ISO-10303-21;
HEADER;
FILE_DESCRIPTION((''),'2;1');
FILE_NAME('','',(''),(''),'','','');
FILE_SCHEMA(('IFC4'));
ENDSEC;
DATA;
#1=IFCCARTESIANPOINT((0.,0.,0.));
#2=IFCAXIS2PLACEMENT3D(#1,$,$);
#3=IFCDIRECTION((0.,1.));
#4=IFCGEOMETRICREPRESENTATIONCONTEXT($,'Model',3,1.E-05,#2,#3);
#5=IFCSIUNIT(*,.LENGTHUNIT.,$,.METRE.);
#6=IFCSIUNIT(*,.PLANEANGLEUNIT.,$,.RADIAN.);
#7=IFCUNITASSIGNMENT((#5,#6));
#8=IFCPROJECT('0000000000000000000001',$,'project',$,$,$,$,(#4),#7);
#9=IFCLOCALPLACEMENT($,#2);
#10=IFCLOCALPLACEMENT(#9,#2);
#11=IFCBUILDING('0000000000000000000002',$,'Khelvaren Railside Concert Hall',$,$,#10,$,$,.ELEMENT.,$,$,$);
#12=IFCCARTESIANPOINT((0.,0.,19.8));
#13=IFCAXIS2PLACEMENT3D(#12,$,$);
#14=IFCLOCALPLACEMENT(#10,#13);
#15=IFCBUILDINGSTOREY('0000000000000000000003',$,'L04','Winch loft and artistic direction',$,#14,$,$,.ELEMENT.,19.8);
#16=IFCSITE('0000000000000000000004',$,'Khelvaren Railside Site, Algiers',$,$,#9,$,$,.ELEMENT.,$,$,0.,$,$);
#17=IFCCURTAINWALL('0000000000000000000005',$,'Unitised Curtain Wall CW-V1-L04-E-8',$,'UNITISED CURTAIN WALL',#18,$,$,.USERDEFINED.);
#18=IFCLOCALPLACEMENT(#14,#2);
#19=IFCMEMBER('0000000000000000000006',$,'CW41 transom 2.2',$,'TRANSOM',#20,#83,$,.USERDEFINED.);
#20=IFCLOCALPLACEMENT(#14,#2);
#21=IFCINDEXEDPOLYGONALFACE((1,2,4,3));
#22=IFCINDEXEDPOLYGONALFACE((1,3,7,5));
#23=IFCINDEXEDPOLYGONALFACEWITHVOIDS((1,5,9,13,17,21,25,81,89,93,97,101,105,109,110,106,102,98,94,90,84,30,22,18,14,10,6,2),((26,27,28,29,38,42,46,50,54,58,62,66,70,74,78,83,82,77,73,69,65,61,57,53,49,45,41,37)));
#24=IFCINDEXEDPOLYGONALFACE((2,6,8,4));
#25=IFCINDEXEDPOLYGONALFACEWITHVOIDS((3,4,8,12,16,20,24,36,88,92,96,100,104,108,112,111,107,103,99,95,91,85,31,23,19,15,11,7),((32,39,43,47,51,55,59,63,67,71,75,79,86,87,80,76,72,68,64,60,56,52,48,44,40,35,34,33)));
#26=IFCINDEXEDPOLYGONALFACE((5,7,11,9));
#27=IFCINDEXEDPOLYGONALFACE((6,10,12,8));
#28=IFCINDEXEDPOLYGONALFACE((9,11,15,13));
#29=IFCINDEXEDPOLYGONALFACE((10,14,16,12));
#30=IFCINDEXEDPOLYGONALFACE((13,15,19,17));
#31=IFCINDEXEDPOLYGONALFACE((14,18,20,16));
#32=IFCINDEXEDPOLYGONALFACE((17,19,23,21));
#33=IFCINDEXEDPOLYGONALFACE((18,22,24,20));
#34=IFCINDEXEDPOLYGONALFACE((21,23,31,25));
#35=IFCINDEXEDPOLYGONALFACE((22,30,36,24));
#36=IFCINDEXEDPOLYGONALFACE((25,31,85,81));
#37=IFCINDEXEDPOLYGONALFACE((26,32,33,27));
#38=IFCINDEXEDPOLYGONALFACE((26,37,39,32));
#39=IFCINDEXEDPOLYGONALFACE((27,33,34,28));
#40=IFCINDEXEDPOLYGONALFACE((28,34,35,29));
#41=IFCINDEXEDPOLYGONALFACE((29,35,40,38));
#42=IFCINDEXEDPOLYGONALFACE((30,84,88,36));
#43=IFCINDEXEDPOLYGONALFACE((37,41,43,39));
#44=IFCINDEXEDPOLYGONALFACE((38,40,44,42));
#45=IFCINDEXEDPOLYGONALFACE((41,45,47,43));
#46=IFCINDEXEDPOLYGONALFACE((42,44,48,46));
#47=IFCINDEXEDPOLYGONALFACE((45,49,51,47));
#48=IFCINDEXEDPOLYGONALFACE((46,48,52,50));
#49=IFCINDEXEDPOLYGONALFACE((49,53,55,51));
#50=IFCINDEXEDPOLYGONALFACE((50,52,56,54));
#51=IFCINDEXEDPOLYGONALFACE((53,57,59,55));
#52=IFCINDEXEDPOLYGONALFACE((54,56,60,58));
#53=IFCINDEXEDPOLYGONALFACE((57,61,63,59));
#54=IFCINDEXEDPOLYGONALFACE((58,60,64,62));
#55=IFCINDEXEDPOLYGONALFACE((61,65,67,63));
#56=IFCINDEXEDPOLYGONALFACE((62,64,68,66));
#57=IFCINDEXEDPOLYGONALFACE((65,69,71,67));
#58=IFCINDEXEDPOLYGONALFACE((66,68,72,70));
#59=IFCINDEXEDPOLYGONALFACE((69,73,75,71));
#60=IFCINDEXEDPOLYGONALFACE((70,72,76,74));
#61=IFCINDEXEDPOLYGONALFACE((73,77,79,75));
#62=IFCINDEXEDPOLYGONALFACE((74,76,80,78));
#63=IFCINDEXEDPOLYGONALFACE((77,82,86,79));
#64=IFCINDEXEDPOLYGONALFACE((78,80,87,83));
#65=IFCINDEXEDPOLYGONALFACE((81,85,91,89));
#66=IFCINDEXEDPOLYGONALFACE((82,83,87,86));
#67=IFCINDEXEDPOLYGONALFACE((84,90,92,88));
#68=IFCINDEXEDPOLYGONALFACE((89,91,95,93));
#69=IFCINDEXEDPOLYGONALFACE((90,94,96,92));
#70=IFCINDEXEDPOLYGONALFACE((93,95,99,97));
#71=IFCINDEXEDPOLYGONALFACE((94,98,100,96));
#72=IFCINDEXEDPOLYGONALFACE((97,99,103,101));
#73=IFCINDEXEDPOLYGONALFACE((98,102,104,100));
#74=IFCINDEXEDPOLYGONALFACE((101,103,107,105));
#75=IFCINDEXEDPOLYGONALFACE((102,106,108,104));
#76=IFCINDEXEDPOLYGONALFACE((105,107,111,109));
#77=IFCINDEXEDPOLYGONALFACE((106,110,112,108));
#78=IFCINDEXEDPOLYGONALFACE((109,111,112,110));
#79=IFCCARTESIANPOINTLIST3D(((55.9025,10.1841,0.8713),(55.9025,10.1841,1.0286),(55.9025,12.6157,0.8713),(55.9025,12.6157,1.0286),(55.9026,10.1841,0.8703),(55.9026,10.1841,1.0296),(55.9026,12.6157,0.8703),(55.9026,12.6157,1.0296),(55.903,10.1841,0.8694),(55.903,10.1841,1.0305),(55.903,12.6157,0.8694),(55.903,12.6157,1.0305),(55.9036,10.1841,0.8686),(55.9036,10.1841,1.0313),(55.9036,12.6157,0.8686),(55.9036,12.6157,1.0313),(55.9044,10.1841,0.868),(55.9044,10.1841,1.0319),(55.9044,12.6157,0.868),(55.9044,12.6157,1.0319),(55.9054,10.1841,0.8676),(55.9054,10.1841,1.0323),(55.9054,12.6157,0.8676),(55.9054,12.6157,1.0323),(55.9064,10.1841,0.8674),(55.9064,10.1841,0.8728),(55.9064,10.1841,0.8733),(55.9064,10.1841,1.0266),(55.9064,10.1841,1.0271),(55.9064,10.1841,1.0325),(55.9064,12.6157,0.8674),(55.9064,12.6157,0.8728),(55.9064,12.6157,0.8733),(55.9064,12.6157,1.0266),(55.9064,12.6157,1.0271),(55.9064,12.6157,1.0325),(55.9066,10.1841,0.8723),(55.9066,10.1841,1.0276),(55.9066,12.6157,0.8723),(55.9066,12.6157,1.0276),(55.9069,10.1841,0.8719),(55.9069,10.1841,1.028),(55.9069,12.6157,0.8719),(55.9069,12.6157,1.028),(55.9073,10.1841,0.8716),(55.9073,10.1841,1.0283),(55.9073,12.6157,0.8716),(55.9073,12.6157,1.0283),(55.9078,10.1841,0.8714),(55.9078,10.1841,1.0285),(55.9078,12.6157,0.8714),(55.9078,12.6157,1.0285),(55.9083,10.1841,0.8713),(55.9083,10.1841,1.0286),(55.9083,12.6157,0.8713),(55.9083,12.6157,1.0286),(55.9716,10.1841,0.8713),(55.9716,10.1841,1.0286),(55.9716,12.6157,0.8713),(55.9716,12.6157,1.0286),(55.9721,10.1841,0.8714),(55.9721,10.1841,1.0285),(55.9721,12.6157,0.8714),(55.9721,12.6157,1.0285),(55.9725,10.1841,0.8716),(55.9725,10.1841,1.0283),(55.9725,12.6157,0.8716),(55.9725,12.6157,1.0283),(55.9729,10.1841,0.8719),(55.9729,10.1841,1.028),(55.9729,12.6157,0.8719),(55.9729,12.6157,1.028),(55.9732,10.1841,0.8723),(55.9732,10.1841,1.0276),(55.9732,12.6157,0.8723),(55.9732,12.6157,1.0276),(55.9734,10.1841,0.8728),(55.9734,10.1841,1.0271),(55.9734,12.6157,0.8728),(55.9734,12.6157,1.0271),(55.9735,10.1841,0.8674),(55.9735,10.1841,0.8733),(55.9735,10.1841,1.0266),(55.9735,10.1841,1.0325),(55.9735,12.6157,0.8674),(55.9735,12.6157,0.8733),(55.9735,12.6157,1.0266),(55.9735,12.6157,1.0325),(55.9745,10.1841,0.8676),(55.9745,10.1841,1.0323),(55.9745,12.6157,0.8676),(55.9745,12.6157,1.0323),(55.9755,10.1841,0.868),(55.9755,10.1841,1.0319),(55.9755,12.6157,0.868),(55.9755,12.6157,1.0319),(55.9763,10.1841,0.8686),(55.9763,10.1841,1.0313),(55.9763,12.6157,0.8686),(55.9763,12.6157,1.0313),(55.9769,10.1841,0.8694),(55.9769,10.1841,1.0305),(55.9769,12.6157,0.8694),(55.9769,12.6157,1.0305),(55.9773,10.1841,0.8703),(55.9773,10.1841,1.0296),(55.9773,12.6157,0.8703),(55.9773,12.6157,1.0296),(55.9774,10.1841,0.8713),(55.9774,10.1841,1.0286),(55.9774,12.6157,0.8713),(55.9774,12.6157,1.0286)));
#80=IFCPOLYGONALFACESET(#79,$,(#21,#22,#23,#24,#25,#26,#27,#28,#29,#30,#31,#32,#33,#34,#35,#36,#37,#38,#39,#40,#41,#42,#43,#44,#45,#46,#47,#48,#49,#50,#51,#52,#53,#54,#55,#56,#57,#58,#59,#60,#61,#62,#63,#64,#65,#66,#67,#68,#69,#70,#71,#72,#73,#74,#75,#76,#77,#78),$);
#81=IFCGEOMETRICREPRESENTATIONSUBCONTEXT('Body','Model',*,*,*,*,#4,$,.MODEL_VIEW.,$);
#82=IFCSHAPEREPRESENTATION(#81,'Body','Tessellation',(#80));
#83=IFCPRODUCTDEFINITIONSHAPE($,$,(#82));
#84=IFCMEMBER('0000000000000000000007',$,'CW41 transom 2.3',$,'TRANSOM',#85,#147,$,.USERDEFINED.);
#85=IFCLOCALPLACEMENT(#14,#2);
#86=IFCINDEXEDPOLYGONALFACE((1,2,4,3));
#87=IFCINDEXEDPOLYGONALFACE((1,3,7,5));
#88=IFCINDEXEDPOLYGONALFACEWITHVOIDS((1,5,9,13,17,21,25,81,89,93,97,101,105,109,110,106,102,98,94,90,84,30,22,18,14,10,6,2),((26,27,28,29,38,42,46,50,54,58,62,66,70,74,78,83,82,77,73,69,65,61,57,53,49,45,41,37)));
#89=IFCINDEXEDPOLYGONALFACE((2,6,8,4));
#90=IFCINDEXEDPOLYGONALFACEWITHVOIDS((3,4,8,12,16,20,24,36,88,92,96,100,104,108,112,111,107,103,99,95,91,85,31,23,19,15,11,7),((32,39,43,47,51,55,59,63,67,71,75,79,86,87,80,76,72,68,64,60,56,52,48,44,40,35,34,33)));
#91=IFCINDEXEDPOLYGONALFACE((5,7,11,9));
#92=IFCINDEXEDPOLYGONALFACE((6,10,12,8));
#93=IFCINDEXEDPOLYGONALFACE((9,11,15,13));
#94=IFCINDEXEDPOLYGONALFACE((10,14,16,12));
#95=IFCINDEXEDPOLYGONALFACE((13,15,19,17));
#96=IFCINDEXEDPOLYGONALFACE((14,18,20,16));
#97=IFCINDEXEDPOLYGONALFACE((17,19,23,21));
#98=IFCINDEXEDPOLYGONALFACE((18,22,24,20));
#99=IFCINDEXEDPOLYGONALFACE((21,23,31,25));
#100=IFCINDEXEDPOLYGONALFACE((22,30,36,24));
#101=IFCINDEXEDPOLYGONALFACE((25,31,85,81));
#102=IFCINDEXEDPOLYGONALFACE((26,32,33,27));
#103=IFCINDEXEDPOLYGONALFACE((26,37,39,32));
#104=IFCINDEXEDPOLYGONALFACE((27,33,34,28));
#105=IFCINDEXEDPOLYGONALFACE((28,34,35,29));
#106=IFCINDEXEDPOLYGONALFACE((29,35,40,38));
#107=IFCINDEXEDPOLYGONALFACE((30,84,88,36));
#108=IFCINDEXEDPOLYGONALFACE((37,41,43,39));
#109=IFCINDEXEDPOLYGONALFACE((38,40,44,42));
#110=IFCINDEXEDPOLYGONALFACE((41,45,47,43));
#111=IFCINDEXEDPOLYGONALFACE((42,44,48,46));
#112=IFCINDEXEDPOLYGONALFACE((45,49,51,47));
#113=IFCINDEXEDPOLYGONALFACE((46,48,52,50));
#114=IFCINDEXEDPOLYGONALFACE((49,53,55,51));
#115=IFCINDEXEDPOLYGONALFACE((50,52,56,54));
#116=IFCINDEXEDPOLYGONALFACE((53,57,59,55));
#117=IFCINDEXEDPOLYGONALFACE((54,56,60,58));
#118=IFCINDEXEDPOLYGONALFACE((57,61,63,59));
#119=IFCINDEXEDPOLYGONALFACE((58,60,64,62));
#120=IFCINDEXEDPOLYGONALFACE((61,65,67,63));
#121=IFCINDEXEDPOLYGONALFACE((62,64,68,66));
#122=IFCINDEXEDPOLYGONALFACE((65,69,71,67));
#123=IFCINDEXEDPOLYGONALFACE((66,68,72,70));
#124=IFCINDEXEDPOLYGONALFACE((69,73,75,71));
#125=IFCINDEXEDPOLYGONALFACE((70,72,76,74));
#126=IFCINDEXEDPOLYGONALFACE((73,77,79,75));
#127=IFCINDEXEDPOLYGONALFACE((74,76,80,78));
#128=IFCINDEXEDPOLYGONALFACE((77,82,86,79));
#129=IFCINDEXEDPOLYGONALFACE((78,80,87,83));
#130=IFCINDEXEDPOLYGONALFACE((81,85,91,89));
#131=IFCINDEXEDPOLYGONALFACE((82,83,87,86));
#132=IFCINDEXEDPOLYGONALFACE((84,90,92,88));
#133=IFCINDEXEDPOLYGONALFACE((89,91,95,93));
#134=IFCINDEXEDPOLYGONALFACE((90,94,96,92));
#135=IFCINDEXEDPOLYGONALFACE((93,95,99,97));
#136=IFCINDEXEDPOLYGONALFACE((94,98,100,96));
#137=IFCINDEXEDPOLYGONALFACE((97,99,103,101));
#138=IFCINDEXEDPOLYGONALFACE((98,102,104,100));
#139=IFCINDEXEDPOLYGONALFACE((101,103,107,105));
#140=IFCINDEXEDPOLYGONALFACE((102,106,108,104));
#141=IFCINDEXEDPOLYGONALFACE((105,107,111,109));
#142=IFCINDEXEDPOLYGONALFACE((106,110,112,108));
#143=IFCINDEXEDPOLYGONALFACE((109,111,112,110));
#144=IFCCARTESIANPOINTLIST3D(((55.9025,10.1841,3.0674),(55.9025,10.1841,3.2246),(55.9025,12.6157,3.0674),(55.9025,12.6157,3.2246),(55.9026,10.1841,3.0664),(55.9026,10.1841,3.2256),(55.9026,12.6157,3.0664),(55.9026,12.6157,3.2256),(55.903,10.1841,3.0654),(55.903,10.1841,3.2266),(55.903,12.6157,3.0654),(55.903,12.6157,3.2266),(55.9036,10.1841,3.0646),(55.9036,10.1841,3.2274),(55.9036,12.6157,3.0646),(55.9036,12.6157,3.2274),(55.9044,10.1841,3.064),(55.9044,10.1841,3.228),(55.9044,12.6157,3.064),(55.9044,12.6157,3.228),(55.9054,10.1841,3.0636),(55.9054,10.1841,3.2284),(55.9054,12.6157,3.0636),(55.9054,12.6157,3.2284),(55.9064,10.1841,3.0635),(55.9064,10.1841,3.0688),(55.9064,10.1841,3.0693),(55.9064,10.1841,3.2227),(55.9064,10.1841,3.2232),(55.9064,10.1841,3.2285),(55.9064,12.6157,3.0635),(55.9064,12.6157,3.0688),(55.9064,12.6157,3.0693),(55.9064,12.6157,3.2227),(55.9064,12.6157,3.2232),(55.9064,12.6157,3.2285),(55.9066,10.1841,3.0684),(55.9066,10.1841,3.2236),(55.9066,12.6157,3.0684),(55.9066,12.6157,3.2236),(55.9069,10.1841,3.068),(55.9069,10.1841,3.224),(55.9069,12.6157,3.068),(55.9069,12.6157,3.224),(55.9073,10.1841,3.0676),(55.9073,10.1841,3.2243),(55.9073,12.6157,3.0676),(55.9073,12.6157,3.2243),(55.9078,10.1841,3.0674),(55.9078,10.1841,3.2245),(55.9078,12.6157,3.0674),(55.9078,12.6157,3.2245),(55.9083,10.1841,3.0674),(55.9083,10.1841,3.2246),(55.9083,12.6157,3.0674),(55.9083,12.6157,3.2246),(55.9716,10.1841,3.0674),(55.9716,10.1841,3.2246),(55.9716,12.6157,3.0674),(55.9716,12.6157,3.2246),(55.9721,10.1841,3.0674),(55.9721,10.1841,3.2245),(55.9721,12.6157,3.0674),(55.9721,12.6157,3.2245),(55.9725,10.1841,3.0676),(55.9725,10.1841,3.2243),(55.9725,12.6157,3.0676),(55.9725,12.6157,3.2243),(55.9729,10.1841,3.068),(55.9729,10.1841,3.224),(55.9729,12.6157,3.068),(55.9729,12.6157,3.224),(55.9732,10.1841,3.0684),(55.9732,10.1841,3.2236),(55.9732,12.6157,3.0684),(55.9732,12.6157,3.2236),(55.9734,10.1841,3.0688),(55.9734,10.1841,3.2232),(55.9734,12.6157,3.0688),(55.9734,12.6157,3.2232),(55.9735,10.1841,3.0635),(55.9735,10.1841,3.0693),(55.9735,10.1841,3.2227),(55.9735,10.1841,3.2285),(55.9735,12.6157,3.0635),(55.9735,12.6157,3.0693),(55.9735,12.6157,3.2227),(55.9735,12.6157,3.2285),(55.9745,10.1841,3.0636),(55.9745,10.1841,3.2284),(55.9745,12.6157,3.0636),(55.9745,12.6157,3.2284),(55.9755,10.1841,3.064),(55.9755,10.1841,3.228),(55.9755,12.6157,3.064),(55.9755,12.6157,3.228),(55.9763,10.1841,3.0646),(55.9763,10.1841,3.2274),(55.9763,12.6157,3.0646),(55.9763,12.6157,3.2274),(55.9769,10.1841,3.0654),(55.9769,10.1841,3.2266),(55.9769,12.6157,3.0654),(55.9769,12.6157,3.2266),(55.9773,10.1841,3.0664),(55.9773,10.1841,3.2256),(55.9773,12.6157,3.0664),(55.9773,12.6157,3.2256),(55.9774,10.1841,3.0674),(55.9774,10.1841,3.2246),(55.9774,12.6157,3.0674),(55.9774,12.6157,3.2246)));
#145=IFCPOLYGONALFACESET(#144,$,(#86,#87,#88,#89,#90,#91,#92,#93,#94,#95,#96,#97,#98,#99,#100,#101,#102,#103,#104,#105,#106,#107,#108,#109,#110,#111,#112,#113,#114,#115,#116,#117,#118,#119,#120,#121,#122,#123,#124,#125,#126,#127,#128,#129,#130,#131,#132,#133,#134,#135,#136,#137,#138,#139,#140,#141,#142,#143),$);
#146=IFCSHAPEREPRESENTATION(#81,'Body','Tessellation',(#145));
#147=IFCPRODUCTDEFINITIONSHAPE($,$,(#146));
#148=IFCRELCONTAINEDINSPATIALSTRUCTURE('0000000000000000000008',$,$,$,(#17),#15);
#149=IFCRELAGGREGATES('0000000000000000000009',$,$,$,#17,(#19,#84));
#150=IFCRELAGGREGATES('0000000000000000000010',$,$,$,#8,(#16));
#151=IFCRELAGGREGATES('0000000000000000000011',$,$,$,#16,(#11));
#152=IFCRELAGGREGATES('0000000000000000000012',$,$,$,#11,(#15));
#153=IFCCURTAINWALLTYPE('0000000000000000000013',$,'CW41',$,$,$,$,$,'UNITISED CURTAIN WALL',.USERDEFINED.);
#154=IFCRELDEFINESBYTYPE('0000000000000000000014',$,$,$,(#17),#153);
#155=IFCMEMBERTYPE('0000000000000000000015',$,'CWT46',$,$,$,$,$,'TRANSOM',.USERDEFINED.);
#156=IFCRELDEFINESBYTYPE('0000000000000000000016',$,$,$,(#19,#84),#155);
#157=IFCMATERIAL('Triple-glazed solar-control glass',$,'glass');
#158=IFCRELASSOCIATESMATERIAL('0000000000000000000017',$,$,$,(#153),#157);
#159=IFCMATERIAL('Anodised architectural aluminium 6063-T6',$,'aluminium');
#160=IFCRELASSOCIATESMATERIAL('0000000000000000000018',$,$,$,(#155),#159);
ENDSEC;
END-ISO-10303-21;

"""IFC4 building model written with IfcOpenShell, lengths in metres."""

from ifc_helpers import new_model, si_unit, direction, frame, origin, origin_2d, place, context, subcontext, project, spatial, hollow_rectangle, extrude, material, material_profile, profile_set, type_object, element, aggregate, save


model = new_model("IFC4")

# Units and contexts
model_context = context("Model", 3, precision=1e-05, world=origin(), true_north=direction((0.0, 1.0)))
body_context = subcontext(model_context, "Body", "Model", "MODEL_VIEW")
ifc_project = project(units=[si_unit("LENGTHUNIT", "METRE"), si_unit("PLANEANGLEUNIT", "RADIAN")], contexts=[model_context])

# Site, building, storey
site_placement = place(None, origin())
site = spatial("IfcSite", under=ifc_project, at=site_placement, Name="Khelvaren Railside Site, Algiers", CompositionType="ELEMENT", RefElevation=0.0)
building_placement = place(site_placement, origin())
building = spatial("IfcBuilding", under=site, at=building_placement, Name="Khelvaren Railside Concert Hall", CompositionType="ELEMENT")
storey_placement = place(building_placement, frame((0.0, 0.0, 19.8)))
storey = spatial("IfcBuildingStorey", under=building, at=storey_placement, Name="L04", Description="Winch loft and artistic direction", CompositionType="ELEMENT", Elevation=19.8)

# Curtain wall
ifc_material_1 = material(Name="Triple-glazed solar-control glass", Category="glass")
curtain_wall_type_1 = type_object("IfcCurtainWallType", Name="CW41", ElementType="UNITISED CURTAIN WALL", PredefinedType="USERDEFINED", material=ifc_material_1)
curtain_wall_1_placement = place(storey_placement, origin())
curtain_wall_1 = element("IfcCurtainWall", 1, at=curtain_wall_1_placement, inside=storey, type_object=curtain_wall_type_1, Name="Unitised Curtain Wall CW-V1-L04-E-8", ObjectType="UNITISED CURTAIN WALL", PredefinedType="USERDEFINED")
ifc_material_2 = material(Name="Anodised architectural aluminium 6063-T6", Category="aluminium")

# Members
ifc_material_profile_1 = material_profile(ifc_material_2, hollow_rectangle(XDim=0.075, YDim=0.165, WallThickness=0.0039, InnerFilletRadius=0.002, OuterFilletRadius=0.0039, at=origin_2d()), Name="CWT 75x165x4")
ifc_profile_set_1 = profile_set([ifc_material_profile_1], Name="Anodised architectural aluminium 6063-T6")
member_type_1 = type_object("IfcMemberType", Name="CWT46", ElementType="TRANSOM", PredefinedType="USERDEFINED", material=ifc_profile_set_1)
member_1_placement = place(storey_placement, frame((55.9399, 12.6157, 0.95), z_axis=(0.0, -1.0, 0.0), x_axis=(1.0, 0.0, 0.0)))
member_1 = element("IfcMember", 2, at=member_1_placement, type_object=member_type_1, Name="CW41 transom 2.2", ObjectType="TRANSOM", PredefinedType="USERDEFINED", context=body_context, shape_type="SweptSolid", body=[
    extrude(hollow_rectangle(XDim=0.075, YDim=0.165, WallThickness=0.0039, InnerFilletRadius=0.002, OuterFilletRadius=0.0039, at=origin_2d()), origin(), (0.0, 0.0, 1.0), 2.4316),
])
member_2_placement = place(storey_placement, frame((55.9399, 12.6157, 3.146), z_axis=(0.0, -1.0, 0.0), x_axis=(1.0, 0.0, 0.0)))
member_2 = element("IfcMember", 3, at=member_2_placement, type_object=member_type_1, Name="CW41 transom 2.3", ObjectType="TRANSOM", PredefinedType="USERDEFINED", context=body_context, shape_type="SweptSolid", body=[
    extrude(hollow_rectangle(XDim=0.075, YDim=0.165, WallThickness=0.0039, InnerFilletRadius=0.002, OuterFilletRadius=0.0039, at=origin_2d()), origin(), (0.0, 0.0, 1.0), 2.4316),
])

aggregate(curtain_wall_1, [member_1, member_2])

save(model, "model.ifc")
